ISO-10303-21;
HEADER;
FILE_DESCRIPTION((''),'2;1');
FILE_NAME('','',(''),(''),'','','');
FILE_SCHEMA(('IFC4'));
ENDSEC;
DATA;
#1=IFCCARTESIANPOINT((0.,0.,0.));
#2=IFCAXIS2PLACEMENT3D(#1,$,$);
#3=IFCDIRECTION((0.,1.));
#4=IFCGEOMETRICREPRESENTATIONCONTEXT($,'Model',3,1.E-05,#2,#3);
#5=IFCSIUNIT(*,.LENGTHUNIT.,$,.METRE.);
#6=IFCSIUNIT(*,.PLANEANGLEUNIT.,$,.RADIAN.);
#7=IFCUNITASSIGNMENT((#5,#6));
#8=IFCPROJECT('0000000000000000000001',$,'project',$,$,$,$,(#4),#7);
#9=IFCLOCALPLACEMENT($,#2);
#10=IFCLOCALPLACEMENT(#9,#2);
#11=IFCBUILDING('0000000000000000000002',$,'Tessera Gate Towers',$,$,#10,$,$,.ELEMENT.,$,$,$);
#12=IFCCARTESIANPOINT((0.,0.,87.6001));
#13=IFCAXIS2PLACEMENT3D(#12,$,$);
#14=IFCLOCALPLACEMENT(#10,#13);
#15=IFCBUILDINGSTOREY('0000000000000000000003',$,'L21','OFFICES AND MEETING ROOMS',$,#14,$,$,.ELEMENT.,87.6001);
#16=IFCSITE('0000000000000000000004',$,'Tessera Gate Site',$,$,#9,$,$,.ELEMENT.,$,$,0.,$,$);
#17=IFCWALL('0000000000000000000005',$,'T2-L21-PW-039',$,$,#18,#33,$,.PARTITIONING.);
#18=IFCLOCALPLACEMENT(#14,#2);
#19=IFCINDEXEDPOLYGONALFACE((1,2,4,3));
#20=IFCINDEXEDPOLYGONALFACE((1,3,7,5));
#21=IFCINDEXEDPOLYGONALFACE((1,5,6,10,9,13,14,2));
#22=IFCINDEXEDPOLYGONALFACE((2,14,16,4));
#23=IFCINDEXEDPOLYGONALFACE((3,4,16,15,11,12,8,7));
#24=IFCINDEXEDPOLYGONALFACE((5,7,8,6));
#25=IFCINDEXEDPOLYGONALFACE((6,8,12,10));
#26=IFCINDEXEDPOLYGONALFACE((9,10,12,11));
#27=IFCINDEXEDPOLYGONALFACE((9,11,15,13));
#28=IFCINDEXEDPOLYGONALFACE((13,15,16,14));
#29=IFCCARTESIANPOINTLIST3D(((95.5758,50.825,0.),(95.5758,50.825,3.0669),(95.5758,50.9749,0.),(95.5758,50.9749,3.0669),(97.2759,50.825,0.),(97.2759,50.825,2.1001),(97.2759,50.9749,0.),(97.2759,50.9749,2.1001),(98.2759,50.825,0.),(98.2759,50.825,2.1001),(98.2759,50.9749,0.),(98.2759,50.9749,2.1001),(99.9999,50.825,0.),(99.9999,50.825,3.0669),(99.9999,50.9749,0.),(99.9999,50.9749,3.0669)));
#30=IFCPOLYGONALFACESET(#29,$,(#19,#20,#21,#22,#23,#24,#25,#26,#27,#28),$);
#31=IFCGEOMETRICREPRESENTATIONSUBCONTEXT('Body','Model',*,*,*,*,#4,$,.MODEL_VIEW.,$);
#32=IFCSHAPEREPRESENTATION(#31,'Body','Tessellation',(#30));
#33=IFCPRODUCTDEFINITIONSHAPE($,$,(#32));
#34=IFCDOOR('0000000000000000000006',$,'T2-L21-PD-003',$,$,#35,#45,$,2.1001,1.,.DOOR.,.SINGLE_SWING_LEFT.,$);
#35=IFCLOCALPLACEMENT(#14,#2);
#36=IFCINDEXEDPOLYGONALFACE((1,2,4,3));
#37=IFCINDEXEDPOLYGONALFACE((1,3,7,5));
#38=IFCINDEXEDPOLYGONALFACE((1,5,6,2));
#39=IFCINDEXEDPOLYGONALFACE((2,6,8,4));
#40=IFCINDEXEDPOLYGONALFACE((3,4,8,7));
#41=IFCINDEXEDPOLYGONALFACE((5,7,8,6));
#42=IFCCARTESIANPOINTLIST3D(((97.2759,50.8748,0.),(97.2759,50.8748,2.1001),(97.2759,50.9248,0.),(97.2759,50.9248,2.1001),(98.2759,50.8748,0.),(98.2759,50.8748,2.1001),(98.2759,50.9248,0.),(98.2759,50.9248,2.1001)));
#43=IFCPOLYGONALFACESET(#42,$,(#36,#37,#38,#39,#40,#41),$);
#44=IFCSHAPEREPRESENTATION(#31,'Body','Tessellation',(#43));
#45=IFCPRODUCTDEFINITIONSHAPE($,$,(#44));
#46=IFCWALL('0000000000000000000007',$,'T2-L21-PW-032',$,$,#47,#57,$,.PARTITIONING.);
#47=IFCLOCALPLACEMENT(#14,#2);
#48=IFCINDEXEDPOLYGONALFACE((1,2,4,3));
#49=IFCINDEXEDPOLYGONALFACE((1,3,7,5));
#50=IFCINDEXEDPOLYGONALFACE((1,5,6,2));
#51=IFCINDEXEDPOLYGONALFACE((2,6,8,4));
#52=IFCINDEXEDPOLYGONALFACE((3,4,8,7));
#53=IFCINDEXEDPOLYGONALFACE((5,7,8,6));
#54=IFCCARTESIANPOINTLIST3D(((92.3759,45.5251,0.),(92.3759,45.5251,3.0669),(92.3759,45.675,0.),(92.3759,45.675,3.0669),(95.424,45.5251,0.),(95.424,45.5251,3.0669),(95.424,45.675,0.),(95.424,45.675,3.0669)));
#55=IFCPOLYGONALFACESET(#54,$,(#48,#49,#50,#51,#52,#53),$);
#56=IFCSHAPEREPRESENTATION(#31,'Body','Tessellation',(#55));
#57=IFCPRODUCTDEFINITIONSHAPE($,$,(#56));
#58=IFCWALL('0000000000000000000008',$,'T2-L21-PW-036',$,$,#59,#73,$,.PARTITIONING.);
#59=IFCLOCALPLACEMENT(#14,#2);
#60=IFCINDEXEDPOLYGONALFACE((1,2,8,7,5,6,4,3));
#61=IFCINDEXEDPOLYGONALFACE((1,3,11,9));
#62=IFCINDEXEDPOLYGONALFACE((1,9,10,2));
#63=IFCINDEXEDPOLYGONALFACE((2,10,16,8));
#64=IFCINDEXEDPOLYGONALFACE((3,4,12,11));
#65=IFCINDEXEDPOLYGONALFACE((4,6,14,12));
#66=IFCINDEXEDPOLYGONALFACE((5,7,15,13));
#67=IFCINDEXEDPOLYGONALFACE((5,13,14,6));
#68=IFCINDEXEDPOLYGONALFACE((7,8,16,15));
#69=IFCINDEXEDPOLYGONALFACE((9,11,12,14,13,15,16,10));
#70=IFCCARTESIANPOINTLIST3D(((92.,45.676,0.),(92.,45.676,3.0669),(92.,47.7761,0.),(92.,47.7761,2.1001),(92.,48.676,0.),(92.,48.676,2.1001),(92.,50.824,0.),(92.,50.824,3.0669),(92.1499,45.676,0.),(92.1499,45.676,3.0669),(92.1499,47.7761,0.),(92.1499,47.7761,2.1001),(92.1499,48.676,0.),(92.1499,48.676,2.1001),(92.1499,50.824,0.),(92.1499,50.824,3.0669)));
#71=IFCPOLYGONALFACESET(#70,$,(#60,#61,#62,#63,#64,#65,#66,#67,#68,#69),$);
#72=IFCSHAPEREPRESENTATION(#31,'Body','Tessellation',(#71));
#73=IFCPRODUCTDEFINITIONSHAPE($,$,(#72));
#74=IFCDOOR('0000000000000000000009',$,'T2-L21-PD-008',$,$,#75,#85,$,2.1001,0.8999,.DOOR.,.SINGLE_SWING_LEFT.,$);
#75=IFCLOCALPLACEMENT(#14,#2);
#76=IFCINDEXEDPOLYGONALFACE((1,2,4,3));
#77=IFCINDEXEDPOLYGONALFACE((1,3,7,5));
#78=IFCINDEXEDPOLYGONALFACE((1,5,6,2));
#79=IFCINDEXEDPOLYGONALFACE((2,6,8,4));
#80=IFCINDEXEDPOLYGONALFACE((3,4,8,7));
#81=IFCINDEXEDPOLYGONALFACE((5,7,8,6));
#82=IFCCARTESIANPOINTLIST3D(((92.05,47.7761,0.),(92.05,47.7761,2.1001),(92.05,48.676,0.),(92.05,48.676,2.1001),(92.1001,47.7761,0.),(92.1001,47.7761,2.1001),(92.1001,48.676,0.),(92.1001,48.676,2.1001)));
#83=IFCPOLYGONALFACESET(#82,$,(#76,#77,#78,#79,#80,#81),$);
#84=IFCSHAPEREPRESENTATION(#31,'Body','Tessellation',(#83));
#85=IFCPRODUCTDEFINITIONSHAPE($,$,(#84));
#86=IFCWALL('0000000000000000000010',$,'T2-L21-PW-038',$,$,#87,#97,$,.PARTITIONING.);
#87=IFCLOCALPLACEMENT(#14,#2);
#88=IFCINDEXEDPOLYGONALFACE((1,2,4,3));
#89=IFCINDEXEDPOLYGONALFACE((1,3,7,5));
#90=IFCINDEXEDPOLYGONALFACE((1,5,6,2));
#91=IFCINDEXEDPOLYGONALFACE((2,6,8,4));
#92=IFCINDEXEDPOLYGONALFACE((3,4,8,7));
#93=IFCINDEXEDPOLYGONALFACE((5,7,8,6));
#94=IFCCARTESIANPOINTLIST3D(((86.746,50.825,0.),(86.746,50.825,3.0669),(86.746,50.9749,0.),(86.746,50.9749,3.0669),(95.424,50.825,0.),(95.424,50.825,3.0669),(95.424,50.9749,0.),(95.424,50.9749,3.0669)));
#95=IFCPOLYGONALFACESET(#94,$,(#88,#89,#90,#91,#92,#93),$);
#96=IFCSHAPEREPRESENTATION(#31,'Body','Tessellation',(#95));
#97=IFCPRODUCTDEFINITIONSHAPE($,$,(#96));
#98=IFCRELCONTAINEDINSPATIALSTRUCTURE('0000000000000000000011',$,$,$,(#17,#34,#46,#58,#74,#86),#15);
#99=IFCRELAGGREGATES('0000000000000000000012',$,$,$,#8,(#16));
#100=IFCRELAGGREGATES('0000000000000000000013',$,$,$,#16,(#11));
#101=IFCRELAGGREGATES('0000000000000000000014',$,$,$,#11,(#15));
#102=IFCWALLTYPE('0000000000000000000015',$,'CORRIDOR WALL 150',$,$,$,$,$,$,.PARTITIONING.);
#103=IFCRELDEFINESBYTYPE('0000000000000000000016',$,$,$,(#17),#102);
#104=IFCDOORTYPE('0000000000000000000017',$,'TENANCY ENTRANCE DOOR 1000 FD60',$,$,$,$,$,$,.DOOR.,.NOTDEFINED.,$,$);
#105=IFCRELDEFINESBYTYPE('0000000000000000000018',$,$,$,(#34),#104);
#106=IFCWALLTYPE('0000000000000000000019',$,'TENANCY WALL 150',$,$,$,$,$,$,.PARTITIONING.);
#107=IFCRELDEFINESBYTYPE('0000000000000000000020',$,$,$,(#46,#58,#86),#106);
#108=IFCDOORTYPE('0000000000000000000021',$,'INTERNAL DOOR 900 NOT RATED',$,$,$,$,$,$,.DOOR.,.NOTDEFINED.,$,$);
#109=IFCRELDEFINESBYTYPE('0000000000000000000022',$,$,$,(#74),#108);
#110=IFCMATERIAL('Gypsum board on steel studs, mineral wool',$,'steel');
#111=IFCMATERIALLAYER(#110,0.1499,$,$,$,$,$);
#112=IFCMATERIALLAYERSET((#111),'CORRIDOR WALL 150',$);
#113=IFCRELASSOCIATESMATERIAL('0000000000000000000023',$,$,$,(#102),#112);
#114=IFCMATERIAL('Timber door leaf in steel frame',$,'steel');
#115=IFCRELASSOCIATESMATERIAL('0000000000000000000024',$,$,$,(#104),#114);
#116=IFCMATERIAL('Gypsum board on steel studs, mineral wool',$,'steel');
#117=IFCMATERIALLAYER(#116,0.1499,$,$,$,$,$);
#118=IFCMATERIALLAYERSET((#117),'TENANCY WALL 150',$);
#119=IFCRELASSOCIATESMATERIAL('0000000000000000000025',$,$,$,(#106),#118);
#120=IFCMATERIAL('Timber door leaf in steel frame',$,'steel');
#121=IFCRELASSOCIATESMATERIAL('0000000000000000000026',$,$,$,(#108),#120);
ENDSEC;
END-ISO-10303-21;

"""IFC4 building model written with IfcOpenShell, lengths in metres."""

from ifc_helpers import new_model, si_unit, direction, frame, frame_2d, origin, place, context, subcontext, project, spatial, rectangle, extrude, source, transform, mapped, material, layer, layer_set, type_object, element, fill, save


model = new_model("IFC4")

# Units and contexts
model_context = context("Model", 3, precision=1e-05, world=origin(), true_north=direction((0.0, 1.0)))
body_context = subcontext(model_context, "Body", "Model", "MODEL_VIEW")
ifc_project = project(units=[si_unit("LENGTHUNIT", "METRE"), si_unit("PLANEANGLEUNIT", "RADIAN")], contexts=[model_context])

# Site, building, storey
site_placement = place(None, origin())
site = spatial("IfcSite", under=ifc_project, at=site_placement, Name="Tessera Gate Site", CompositionType="ELEMENT", RefElevation=0.0)
building_placement = place(site_placement, origin())
building = spatial("IfcBuilding", under=site, at=building_placement, Name="Tessera Gate Towers", CompositionType="ELEMENT")
storey_placement = place(building_placement, frame((0.0, 0.0, 87.6001)))
storey = spatial("IfcBuildingStorey", under=building, at=storey_placement, Name="L21", Description="OFFICES AND MEETING ROOMS", CompositionType="ELEMENT", Elevation=87.6001)

# Wall, opening, door
ifc_material_1 = material(Name="Gypsum board on steel studs, mineral wool", Category="steel")
ifc_layer_1 = layer(ifc_material_1, 0.1499)
ifc_layer_set_1 = layer_set([ifc_layer_1], Name="CORRIDOR WALL 150")
wall_type_1 = type_object("IfcWallType", Name="CORRIDOR WALL 150", PredefinedType="PARTITIONING", material=ifc_layer_set_1)
wall_1_placement = place(storey_placement, frame((95.5759, 50.8999, 0.0), z_axis=(0.0, 0.0, 1.0), x_axis=(1.0, 0.0, 0.0)))
wall_1 = element("IfcWall", 1, at=wall_1_placement, inside=storey, type_object=wall_type_1, Name="T2-L21-PW-039", PredefinedType="PARTITIONING", context=body_context, shape_type="SweptSolid", body=[
    extrude(rectangle(XDim=4.4241, YDim=0.1499, at=frame_2d((2.2119, 0.0))), origin(), (0.0, 0.0, 1.0), 3.0669),
])
shared_shape_1 = source(origin(), body_context, "Body", "SweptSolid", [
    extrude(rectangle(XDim=1.0, YDim=2.1001, at=frame_2d((0.5, 1.05))), frame((0.0, 0.085, 0.0), z_axis=(0.0, -1.0, 0.0), x_axis=(1.0, 0.0, 0.0)), (0.0, 0.0, 1.0), 0.1699),
])
opening_1_placement = place(wall_1_placement, frame((1.7, 0.0, 0.0)))
opening_1 = element("IfcOpeningElement", 2, at=opening_1_placement, cuts=wall_1, PredefinedType="OPENING", context=body_context, shape_type="MappedRepresentation", body=[
    mapped(shared_shape_1, transform((0.0, 0.0, 0.0), scale=1.0)),
])
ifc_material_2 = material(Name="Timber door leaf in steel frame", Category="steel")
door_type_1 = type_object("IfcDoorType", Name="TENANCY ENTRANCE DOOR 1000 FD60", OperationType="NOTDEFINED", PredefinedType="DOOR", material=ifc_material_2)
shared_shape_2 = source(origin(), body_context, "Body", "SweptSolid", [
    extrude(rectangle(XDim=1.0, YDim=2.1001, at=frame_2d((0.5, 1.05))), frame((0.0, 0.0249, 0.0), z_axis=(0.0, -1.0, 0.0), x_axis=(1.0, 0.0, 0.0)), (0.0, 0.0, 1.0), 0.05),
])
door_1_placement = place(opening_1_placement, origin())
door_1 = element("IfcDoor", 3, at=door_1_placement, inside=storey, type_object=door_type_1, Name="T2-L21-PD-003", OperationType="SINGLE_SWING_LEFT", OverallHeight=2.1001, OverallWidth=1.0, PredefinedType="DOOR", context=body_context, shape_type="MappedRepresentation", body=[
    mapped(shared_shape_2, transform((0.0, 0.0, 0.0), scale=1.0)),
])
fill(opening_1, door_1)

# Wall
ifc_material_3 = material(Name="Gypsum board on steel studs, mineral wool", Category="steel")
ifc_layer_2 = layer(ifc_material_3, 0.1499)
ifc_layer_set_2 = layer_set([ifc_layer_2], Name="TENANCY WALL 150")
wall_type_2 = type_object("IfcWallType", Name="TENANCY WALL 150", PredefinedType="PARTITIONING", material=ifc_layer_set_2)
wall_2_placement = place(storey_placement, frame((92.376, 45.6001, 0.0), z_axis=(0.0, 0.0, 1.0), x_axis=(1.0, 0.0, 0.0)))
element("IfcWall", 4, at=wall_2_placement, inside=storey, type_object=wall_type_2, Name="T2-L21-PW-032", PredefinedType="PARTITIONING", context=body_context, shape_type="SweptSolid", body=[
    extrude(rectangle(XDim=3.0481, YDim=0.1499, at=frame_2d((1.5239, 0.0))), origin(), (0.0, 0.0, 1.0), 3.0669),
])

# Wall, opening, door
wall_3_placement = place(storey_placement, frame((92.075, 45.676, 0.0), z_axis=(0.0, 0.0, 1.0), x_axis=(0.0, 1.0, 0.0)))
wall_3 = element("IfcWall", 5, at=wall_3_placement, inside=storey, type_object=wall_type_2, Name="T2-L21-PW-036", PredefinedType="PARTITIONING", context=body_context, shape_type="SweptSolid", body=[
    extrude(rectangle(XDim=5.1479, YDim=0.1499, at=frame_2d((2.574, 0.0))), origin(), (0.0, 0.0, 1.0), 3.0669),
])
shared_shape_3 = source(origin(), body_context, "Body", "SweptSolid", [
    extrude(rectangle(XDim=0.8999, YDim=2.1001, at=frame_2d((0.45, 1.05))), frame((0.0, 0.085, 0.0), z_axis=(0.0, -1.0, 0.0), x_axis=(1.0, 0.0, 0.0)), (0.0, 0.0, 1.0), 0.1699),
])
opening_2_placement = place(wall_3_placement, frame((2.1001, 0.0, 0.0)))
opening_2 = element("IfcOpeningElement", 6, at=opening_2_placement, cuts=wall_3, PredefinedType="OPENING", context=body_context, shape_type="MappedRepresentation", body=[
    mapped(shared_shape_3, transform((0.0, 0.0, 0.0), scale=1.0)),
])
ifc_material_4 = material(Name="Timber door leaf in steel frame", Category="steel")
door_type_2 = type_object("IfcDoorType", Name="INTERNAL DOOR 900 NOT RATED", OperationType="NOTDEFINED", PredefinedType="DOOR", material=ifc_material_4)
shared_shape_4 = source(origin(), body_context, "Body", "SweptSolid", [
    extrude(rectangle(XDim=0.8999, YDim=2.1001, at=frame_2d((0.45, 1.05))), frame((0.0, 0.0249, 0.0), z_axis=(0.0, -1.0, 0.0), x_axis=(1.0, 0.0, 0.0)), (0.0, 0.0, 1.0), 0.05),
])
door_2_placement = place(opening_2_placement, origin())
door_2 = element("IfcDoor", 7, at=door_2_placement, inside=storey, type_object=door_type_2, Name="T2-L21-PD-008", OperationType="SINGLE_SWING_LEFT", OverallHeight=2.1001, OverallWidth=0.8999, PredefinedType="DOOR", context=body_context, shape_type="MappedRepresentation", body=[
    mapped(shared_shape_4, transform((0.0, 0.0, 0.0), scale=1.0)),
])
fill(opening_2, door_2)

# Wall
wall_4_placement = place(storey_placement, frame((86.7461, 50.8999, 0.0), z_axis=(0.0, 0.0, 1.0), x_axis=(1.0, 0.0, 0.0)))
element("IfcWall", 8, at=wall_4_placement, inside=storey, type_object=wall_type_2, Name="T2-L21-PW-038", PredefinedType="PARTITIONING", context=body_context, shape_type="SweptSolid", body=[
    extrude(rectangle(XDim=8.678, YDim=0.1499, at=frame_2d((4.3389, 0.0))), origin(), (0.0, 0.0, 1.0), 3.0669),
])

save(model, "model.ifc")
